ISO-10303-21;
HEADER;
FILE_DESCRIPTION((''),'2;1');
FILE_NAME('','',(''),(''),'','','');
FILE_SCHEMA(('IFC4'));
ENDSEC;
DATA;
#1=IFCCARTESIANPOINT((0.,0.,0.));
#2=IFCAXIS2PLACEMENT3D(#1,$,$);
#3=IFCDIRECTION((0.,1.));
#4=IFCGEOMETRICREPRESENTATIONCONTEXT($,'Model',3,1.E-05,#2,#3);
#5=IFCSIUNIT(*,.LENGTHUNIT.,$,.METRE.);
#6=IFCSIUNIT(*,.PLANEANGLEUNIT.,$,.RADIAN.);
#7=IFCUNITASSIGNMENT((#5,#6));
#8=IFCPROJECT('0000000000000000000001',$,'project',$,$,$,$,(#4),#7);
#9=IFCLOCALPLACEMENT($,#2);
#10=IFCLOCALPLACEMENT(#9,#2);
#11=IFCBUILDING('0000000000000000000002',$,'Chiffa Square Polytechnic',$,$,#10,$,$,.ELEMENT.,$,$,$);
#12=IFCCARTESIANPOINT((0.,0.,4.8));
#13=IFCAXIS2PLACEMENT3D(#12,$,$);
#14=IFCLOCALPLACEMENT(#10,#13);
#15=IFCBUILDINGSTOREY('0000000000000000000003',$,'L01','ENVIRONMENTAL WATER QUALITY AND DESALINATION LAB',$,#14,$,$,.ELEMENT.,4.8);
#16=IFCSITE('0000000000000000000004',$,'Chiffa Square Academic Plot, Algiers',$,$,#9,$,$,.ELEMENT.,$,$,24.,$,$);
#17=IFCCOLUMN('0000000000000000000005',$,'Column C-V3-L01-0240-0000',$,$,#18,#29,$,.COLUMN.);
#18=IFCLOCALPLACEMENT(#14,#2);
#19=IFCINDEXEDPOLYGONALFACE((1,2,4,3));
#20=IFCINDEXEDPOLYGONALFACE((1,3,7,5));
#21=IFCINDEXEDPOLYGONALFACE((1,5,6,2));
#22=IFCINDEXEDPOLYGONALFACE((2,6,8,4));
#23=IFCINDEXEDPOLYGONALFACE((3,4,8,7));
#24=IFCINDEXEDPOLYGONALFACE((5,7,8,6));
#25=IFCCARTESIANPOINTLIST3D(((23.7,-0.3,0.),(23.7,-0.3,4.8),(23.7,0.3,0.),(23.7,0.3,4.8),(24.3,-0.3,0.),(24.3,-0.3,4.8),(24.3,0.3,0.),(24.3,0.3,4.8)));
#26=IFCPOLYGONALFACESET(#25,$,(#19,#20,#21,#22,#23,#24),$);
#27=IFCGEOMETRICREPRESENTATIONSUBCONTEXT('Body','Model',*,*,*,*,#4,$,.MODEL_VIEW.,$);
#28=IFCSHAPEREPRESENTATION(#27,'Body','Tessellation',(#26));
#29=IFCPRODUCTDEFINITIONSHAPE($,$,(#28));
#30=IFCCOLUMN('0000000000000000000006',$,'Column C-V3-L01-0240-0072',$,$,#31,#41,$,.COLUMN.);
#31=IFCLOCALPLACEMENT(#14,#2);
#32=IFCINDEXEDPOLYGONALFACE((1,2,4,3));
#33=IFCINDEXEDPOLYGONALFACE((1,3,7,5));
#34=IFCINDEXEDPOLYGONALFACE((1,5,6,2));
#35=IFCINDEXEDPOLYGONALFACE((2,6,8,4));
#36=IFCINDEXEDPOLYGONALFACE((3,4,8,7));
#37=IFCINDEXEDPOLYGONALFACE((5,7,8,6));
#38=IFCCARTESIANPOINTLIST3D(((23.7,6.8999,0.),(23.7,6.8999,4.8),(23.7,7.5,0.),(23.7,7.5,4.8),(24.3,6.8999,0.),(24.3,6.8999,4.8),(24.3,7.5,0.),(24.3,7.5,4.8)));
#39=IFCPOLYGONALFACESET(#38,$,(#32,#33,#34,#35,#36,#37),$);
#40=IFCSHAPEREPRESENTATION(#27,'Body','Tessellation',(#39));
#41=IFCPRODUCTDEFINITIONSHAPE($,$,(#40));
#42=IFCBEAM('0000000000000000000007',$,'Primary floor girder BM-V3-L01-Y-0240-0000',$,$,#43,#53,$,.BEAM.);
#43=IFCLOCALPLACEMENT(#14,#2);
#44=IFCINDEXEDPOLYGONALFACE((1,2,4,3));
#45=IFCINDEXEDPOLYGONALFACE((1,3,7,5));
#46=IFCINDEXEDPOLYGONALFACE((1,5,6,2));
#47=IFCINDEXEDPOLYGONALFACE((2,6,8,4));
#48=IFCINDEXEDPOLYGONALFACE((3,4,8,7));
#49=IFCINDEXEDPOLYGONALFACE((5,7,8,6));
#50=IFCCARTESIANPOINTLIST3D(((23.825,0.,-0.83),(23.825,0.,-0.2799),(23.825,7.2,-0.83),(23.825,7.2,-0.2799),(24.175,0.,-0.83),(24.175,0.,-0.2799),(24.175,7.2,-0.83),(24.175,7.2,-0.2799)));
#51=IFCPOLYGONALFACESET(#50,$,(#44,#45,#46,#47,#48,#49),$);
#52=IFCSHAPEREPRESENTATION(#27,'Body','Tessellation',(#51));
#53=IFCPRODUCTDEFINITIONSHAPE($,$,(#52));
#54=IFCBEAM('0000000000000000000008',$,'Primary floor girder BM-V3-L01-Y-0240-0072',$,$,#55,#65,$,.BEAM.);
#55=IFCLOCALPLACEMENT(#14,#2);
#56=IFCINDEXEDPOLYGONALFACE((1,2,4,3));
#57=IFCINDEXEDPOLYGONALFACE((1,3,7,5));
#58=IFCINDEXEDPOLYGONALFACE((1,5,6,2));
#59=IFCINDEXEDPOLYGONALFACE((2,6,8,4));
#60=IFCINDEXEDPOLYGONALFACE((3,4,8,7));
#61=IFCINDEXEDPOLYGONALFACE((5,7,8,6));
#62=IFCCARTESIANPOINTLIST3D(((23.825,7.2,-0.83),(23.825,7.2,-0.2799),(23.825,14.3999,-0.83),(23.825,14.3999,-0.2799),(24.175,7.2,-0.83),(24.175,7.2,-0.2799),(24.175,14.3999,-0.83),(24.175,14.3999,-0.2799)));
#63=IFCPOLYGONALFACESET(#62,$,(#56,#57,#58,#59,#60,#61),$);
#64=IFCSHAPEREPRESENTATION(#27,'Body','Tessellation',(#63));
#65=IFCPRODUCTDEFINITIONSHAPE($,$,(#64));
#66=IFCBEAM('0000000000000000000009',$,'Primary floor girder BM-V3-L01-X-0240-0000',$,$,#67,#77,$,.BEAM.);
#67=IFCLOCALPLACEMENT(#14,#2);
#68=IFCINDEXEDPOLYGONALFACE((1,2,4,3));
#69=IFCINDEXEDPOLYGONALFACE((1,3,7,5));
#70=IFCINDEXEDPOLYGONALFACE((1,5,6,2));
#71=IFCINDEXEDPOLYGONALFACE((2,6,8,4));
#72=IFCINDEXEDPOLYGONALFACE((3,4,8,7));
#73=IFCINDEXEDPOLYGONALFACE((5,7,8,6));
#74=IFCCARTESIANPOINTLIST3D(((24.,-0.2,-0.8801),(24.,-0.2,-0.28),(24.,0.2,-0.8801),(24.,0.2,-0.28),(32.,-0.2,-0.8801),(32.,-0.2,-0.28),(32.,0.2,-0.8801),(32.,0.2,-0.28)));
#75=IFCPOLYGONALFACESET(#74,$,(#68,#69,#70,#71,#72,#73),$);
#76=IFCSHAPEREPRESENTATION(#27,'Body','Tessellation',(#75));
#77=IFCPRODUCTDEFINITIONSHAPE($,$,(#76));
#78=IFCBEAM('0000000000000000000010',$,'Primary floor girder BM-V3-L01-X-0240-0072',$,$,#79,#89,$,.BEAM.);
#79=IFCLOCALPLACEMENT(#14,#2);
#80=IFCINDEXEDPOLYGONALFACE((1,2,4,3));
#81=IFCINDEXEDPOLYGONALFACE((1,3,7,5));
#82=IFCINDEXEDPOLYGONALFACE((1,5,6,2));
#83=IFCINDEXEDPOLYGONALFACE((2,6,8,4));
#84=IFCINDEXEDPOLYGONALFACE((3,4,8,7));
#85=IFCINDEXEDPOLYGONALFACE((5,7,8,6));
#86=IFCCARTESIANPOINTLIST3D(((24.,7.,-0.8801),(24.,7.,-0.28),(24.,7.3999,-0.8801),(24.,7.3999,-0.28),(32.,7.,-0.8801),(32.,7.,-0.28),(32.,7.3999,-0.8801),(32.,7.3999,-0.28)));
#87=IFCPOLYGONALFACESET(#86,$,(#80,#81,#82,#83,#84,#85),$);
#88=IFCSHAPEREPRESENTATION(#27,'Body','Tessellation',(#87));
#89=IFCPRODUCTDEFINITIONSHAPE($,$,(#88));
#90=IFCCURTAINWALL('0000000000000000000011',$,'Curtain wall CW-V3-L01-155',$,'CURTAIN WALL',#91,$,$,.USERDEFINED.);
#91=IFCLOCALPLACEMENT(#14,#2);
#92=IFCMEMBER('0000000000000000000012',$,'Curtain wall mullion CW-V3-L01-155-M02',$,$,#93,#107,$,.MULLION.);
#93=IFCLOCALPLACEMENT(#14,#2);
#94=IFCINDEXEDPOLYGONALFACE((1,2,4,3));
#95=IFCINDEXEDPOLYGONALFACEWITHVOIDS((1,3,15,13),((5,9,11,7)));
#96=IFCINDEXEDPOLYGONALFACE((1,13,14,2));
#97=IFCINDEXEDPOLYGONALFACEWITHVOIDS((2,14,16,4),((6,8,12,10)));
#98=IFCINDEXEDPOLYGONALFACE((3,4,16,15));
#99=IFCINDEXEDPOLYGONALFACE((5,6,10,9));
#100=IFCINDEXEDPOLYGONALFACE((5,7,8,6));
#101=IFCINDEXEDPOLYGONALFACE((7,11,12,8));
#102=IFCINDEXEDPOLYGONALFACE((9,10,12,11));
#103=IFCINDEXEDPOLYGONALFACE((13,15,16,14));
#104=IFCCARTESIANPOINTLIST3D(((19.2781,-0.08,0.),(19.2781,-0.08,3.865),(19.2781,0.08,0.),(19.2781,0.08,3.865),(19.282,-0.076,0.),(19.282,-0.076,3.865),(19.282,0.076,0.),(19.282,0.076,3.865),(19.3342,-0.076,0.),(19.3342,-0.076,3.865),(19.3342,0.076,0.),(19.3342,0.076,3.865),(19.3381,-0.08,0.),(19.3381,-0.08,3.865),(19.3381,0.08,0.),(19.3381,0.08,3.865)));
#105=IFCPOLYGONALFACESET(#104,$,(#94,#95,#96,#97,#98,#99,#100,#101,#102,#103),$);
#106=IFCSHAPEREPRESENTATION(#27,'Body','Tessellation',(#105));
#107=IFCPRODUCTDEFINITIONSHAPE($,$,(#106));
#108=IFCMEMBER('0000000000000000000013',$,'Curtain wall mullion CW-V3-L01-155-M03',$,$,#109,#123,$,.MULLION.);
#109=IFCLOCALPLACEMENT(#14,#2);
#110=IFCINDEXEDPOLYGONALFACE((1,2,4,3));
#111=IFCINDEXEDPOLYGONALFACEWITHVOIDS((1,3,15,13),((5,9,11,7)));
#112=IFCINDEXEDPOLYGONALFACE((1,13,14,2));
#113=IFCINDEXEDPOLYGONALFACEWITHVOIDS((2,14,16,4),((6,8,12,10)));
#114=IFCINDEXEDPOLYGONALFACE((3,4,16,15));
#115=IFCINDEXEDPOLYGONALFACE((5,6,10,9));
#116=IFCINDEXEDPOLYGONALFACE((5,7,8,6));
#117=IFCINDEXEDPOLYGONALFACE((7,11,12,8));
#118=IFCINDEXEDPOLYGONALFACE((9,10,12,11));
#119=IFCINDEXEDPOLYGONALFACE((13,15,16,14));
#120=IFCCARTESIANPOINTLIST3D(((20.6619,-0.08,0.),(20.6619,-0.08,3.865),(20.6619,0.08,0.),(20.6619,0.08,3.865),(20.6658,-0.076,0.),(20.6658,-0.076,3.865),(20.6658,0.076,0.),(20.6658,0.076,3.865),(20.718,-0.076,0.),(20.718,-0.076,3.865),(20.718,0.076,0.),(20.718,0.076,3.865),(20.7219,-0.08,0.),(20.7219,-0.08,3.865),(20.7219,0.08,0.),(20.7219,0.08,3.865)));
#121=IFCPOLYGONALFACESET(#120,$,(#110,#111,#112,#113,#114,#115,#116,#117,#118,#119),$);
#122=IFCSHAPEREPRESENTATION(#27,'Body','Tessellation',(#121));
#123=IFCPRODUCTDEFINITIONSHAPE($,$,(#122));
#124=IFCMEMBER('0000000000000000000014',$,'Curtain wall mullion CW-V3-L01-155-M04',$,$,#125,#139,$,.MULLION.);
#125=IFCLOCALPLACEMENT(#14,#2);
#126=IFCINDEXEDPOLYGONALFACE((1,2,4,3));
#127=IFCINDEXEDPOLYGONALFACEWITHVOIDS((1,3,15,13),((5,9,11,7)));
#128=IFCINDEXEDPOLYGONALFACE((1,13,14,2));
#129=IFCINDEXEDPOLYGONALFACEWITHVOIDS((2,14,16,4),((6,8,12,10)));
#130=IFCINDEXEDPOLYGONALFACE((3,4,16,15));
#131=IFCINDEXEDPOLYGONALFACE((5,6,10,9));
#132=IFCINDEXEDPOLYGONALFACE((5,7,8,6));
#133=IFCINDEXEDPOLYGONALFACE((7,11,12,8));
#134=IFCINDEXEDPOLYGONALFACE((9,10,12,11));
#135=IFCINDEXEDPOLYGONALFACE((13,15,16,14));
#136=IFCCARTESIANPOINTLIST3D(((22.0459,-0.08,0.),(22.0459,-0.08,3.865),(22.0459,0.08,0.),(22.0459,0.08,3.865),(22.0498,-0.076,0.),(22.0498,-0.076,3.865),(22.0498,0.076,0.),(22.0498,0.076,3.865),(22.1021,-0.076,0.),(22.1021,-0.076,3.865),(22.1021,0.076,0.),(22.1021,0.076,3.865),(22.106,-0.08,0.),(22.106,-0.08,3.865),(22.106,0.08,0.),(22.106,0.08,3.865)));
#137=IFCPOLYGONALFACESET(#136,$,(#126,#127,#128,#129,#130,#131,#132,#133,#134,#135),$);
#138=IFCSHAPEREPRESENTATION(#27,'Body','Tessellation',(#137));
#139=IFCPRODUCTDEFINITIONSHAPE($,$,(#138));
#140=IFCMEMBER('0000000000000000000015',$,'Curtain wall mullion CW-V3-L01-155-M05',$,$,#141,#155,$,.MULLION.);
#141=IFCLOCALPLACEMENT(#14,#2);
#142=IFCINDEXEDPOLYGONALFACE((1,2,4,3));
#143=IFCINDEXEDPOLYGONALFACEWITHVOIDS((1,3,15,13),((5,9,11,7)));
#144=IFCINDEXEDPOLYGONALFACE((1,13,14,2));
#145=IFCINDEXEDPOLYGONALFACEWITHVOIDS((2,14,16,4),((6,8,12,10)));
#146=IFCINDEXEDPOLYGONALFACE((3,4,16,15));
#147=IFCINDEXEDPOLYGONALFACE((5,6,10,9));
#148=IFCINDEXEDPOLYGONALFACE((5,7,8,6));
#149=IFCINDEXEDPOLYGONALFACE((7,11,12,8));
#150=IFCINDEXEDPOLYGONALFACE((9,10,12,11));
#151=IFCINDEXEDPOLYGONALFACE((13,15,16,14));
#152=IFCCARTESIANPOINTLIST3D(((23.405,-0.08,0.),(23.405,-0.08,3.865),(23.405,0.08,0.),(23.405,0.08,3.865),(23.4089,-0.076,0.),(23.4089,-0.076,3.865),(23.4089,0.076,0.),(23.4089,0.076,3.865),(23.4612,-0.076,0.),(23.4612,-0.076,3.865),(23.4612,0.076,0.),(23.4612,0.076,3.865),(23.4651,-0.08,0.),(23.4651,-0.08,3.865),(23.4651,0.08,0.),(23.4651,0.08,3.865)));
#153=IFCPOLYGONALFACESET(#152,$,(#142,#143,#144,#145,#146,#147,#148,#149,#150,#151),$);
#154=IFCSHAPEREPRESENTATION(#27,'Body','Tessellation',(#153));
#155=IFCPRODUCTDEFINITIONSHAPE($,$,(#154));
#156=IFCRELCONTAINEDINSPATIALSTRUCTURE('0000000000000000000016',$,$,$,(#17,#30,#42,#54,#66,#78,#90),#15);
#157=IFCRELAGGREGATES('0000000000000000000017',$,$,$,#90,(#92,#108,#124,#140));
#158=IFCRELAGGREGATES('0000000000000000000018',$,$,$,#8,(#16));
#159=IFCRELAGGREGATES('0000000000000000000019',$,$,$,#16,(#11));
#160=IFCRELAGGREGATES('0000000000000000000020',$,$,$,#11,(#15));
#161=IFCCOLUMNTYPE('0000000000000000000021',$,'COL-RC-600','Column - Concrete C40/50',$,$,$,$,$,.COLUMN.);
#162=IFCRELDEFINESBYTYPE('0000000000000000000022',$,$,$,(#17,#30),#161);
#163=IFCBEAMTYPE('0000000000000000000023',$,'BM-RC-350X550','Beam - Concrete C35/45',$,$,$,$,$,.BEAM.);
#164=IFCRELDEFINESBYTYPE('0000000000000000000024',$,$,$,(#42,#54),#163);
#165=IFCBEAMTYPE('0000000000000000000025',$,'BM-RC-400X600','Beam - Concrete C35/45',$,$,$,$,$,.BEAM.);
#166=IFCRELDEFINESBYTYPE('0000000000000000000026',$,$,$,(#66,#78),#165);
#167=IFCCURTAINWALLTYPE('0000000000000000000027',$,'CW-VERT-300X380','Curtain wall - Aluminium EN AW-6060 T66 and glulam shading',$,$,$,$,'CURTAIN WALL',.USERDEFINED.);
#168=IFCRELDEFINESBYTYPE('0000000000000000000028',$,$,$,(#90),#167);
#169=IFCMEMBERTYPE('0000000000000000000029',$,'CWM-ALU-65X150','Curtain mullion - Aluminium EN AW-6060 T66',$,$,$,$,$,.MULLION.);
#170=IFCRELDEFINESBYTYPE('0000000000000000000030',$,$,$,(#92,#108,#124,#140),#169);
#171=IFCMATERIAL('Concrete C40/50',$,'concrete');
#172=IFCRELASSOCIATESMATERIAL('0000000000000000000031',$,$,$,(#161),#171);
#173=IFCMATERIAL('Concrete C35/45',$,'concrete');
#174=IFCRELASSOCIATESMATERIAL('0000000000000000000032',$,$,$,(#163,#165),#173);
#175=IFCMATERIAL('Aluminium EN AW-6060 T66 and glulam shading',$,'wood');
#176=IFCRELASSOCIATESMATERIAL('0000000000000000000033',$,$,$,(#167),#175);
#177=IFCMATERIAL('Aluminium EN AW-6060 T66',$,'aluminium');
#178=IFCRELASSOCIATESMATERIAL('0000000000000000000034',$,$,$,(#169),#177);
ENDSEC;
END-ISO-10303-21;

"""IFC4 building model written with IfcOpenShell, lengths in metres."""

from ifc_helpers import new_model, si_unit, direction, frame, origin, origin_2d, place, context, subcontext, project, spatial, rectangle, hollow_rectangle, extrude, material, material_profile, profile_set, type_object, element, aggregate, save


model = new_model("IFC4")

# Units and contexts
model_context = context("Model", 3, precision=1e-05, world=origin(), true_north=direction((0.0, 1.0)))
body_context = subcontext(model_context, "Body", "Model", "MODEL_VIEW")
ifc_project = project(units=[si_unit("LENGTHUNIT", "METRE"), si_unit("PLANEANGLEUNIT", "RADIAN")], contexts=[model_context])

# Site, building, storey
site_placement = place(None, origin())
site = spatial("IfcSite", under=ifc_project, at=site_placement, Name="Chiffa Square Academic Plot, Algiers", CompositionType="ELEMENT", RefElevation=24.0)
building_placement = place(site_placement, origin())
building = spatial("IfcBuilding", under=site, at=building_placement, Name="Chiffa Square Polytechnic", CompositionType="ELEMENT")
storey_placement = place(building_placement, frame((0.0, 0.0, 4.8)))
storey = spatial("IfcBuildingStorey", under=building, at=storey_placement, Name="L01", Description="ENVIRONMENTAL WATER QUALITY AND DESALINATION LAB", CompositionType="ELEMENT", Elevation=4.8)

# Columns
ifc_material_1 = material(Name="Concrete C40/50", Category="concrete")
ifc_material_profile_1 = material_profile(ifc_material_1, rectangle(XDim=0.6001, YDim=0.6001, at=origin_2d()), Name="RC 600x600")
ifc_profile_set_1 = profile_set([ifc_material_profile_1], Name="Concrete C40/50")
column_type = type_object("IfcColumnType", Name="COL-RC-600", Description="Column - Concrete C40/50", PredefinedType="COLUMN", material=ifc_profile_set_1)
for number, where, z_axis, x_axis, name in (
    (1, (24.0, 0.0, 0.0), (0.0, 0.0, 1.0), (1.0, 0.0, 0.0), "Column C-V3-L01-0240-0000"),
    (2, (24.0, 7.2, 0.0), (0.0, 0.0, 1.0), (1.0, 0.0, 0.0), "Column C-V3-L01-0240-0072"),
):
    element("IfcColumn", number, at=place(storey_placement, frame(where, z_axis=z_axis, x_axis=x_axis)), inside=storey, type_object=column_type, Name=name, PredefinedType="COLUMN", context=body_context, shape_type="SweptSolid", body=[
        extrude(rectangle(XDim=0.6001, YDim=0.6001, at=origin_2d()), origin(), (0.0, 0.0, 1.0), 4.8),
    ])

# Beams
ifc_material_2 = material(Name="Concrete C35/45", Category="concrete")
ifc_material_profile_2 = material_profile(ifc_material_2, rectangle(XDim=0.3501, YDim=0.55, at=origin_2d()), Name="RC 350x550")
ifc_profile_set_2 = profile_set([ifc_material_profile_2], Name="Concrete C35/45")
beam_type_1 = type_object("IfcBeamType", Name="BM-RC-350X550", Description="Beam - Concrete C35/45", PredefinedType="BEAM", material=ifc_profile_set_2)
for number, where, z_axis, x_axis, name in (
    (3, (24.0, 0.0, -0.5549), (0.0, 1.0, 0.0), (-1.0, 0.0, 0.0), "Primary floor girder BM-V3-L01-Y-0240-0000"),
    (4, (24.0, 7.2, -0.5549), (0.0, 1.0, 0.0), (-1.0, 0.0, 0.0), "Primary floor girder BM-V3-L01-Y-0240-0072"),
):
    element("IfcBeam", number, at=place(storey_placement, frame(where, z_axis=z_axis, x_axis=x_axis)), inside=storey, type_object=beam_type_1, Name=name, PredefinedType="BEAM", context=body_context, shape_type="SweptSolid", body=[
        extrude(rectangle(XDim=0.3501, YDim=0.55, at=origin_2d()), origin(), (0.0, 0.0, 1.0), 7.2),
    ])
ifc_material_profile_3 = material_profile(ifc_material_2, rectangle(XDim=0.3999, YDim=0.6001, at=origin_2d()), Name="RC 400x600")
ifc_profile_set_3 = profile_set([ifc_material_profile_3], Name="Concrete C35/45")
beam_type_2 = type_object("IfcBeamType", Name="BM-RC-400X600", Description="Beam - Concrete C35/45", PredefinedType="BEAM", material=ifc_profile_set_3)
for number, where, z_axis, x_axis, name in (
    (5, (24.0, 0.0, -0.5801), (1.0, 0.0, 0.0), (0.0, 1.0, 0.0), "Primary floor girder BM-V3-L01-X-0240-0000"),
    (6, (24.0, 7.2, -0.5801), (1.0, 0.0, 0.0), (0.0, 1.0, 0.0), "Primary floor girder BM-V3-L01-X-0240-0072"),
):
    element("IfcBeam", number, at=place(storey_placement, frame(where, z_axis=z_axis, x_axis=x_axis)), inside=storey, type_object=beam_type_2, Name=name, PredefinedType="BEAM", context=body_context, shape_type="SweptSolid", body=[
        extrude(rectangle(XDim=0.3999, YDim=0.6001, at=origin_2d()), origin(), (0.0, 0.0, 1.0), 8.0),
    ])

# Curtain wall, members
ifc_material_3 = material(Name="Aluminium EN AW-6060 T66 and glulam shading", Category="wood")
curtain_wall_type = type_object("IfcCurtainWallType", Name="CW-VERT-300X380", Description="Curtain wall - Aluminium EN AW-6060 T66 and glulam shading", ElementType="CURTAIN WALL", PredefinedType="USERDEFINED", material=ifc_material_3)
curtain_wall_placement = place(storey_placement, origin())
curtain_wall = element("IfcCurtainWall", 7, at=curtain_wall_placement, inside=storey, type_object=curtain_wall_type, Name="Curtain wall CW-V3-L01-155", ObjectType="CURTAIN WALL", PredefinedType="USERDEFINED")
ifc_material_4 = material(Name="Aluminium EN AW-6060 T66", Category="aluminium")
ifc_material_profile_4 = material_profile(ifc_material_4, hollow_rectangle(XDim=0.0601, YDim=0.1599, WallThickness=0.0039, at=origin_2d()), Name="ALU 60x160x4")
ifc_profile_set_4 = profile_set([ifc_material_profile_4], Name="Aluminium EN AW-6060 T66")
member_type = type_object("IfcMemberType", Name="CWM-ALU-65X150", Description="Curtain mullion - Aluminium EN AW-6060 T66", PredefinedType="MULLION", material=ifc_profile_set_4)
member_1_placement = place(storey_placement, frame((19.3081, 0.0, 0.0), z_axis=(0.0, 0.0, 1.0), x_axis=(1.0, 0.0, 0.0)))
member_1 = element("IfcMember", 8, at=member_1_placement, type_object=member_type, Name="Curtain wall mullion CW-V3-L01-155-M02", PredefinedType="MULLION", context=body_context, shape_type="SweptSolid", body=[
    extrude(hollow_rectangle(XDim=0.0601, YDim=0.1599, WallThickness=0.0039, at=origin_2d()), origin(), (0.0, 0.0, 1.0), 3.865),
])
member_2_placement = place(storey_placement, frame((20.6919, 0.0, 0.0), z_axis=(0.0, 0.0, 1.0), x_axis=(1.0, 0.0, 0.0)))
member_2 = element("IfcMember", 9, at=member_2_placement, type_object=member_type, Name="Curtain wall mullion CW-V3-L01-155-M03", PredefinedType="MULLION", context=body_context, shape_type="SweptSolid", body=[
    extrude(hollow_rectangle(XDim=0.0601, YDim=0.1599, WallThickness=0.0039, at=origin_2d()), origin(), (0.0, 0.0, 1.0), 3.865),
])
member_3_placement = place(storey_placement, frame((22.0759, 0.0, 0.0), z_axis=(0.0, 0.0, 1.0), x_axis=(1.0, 0.0, 0.0)))
member_3 = element("IfcMember", 10, at=member_3_placement, type_object=member_type, Name="Curtain wall mullion CW-V3-L01-155-M04", PredefinedType="MULLION", context=body_context, shape_type="SweptSolid", body=[
    extrude(hollow_rectangle(XDim=0.0601, YDim=0.1599, WallThickness=0.0039, at=origin_2d()), origin(), (0.0, 0.0, 1.0), 3.865),
])
member_4_placement = place(storey_placement, frame((23.4351, 0.0, 0.0), z_axis=(0.0, 0.0, 1.0), x_axis=(1.0, 0.0, 0.0)))
member_4 = element("IfcMember", 11, at=member_4_placement, type_object=member_type, Name="Curtain wall mullion CW-V3-L01-155-M05", PredefinedType="MULLION", context=body_context, shape_type="SweptSolid", body=[
    extrude(hollow_rectangle(XDim=0.0601, YDim=0.1599, WallThickness=0.0039, at=origin_2d()), origin(), (0.0, 0.0, 1.0), 3.865),
])

aggregate(curtain_wall, [member_1, member_2, member_3, member_4])

save(model, "model.ifc")
